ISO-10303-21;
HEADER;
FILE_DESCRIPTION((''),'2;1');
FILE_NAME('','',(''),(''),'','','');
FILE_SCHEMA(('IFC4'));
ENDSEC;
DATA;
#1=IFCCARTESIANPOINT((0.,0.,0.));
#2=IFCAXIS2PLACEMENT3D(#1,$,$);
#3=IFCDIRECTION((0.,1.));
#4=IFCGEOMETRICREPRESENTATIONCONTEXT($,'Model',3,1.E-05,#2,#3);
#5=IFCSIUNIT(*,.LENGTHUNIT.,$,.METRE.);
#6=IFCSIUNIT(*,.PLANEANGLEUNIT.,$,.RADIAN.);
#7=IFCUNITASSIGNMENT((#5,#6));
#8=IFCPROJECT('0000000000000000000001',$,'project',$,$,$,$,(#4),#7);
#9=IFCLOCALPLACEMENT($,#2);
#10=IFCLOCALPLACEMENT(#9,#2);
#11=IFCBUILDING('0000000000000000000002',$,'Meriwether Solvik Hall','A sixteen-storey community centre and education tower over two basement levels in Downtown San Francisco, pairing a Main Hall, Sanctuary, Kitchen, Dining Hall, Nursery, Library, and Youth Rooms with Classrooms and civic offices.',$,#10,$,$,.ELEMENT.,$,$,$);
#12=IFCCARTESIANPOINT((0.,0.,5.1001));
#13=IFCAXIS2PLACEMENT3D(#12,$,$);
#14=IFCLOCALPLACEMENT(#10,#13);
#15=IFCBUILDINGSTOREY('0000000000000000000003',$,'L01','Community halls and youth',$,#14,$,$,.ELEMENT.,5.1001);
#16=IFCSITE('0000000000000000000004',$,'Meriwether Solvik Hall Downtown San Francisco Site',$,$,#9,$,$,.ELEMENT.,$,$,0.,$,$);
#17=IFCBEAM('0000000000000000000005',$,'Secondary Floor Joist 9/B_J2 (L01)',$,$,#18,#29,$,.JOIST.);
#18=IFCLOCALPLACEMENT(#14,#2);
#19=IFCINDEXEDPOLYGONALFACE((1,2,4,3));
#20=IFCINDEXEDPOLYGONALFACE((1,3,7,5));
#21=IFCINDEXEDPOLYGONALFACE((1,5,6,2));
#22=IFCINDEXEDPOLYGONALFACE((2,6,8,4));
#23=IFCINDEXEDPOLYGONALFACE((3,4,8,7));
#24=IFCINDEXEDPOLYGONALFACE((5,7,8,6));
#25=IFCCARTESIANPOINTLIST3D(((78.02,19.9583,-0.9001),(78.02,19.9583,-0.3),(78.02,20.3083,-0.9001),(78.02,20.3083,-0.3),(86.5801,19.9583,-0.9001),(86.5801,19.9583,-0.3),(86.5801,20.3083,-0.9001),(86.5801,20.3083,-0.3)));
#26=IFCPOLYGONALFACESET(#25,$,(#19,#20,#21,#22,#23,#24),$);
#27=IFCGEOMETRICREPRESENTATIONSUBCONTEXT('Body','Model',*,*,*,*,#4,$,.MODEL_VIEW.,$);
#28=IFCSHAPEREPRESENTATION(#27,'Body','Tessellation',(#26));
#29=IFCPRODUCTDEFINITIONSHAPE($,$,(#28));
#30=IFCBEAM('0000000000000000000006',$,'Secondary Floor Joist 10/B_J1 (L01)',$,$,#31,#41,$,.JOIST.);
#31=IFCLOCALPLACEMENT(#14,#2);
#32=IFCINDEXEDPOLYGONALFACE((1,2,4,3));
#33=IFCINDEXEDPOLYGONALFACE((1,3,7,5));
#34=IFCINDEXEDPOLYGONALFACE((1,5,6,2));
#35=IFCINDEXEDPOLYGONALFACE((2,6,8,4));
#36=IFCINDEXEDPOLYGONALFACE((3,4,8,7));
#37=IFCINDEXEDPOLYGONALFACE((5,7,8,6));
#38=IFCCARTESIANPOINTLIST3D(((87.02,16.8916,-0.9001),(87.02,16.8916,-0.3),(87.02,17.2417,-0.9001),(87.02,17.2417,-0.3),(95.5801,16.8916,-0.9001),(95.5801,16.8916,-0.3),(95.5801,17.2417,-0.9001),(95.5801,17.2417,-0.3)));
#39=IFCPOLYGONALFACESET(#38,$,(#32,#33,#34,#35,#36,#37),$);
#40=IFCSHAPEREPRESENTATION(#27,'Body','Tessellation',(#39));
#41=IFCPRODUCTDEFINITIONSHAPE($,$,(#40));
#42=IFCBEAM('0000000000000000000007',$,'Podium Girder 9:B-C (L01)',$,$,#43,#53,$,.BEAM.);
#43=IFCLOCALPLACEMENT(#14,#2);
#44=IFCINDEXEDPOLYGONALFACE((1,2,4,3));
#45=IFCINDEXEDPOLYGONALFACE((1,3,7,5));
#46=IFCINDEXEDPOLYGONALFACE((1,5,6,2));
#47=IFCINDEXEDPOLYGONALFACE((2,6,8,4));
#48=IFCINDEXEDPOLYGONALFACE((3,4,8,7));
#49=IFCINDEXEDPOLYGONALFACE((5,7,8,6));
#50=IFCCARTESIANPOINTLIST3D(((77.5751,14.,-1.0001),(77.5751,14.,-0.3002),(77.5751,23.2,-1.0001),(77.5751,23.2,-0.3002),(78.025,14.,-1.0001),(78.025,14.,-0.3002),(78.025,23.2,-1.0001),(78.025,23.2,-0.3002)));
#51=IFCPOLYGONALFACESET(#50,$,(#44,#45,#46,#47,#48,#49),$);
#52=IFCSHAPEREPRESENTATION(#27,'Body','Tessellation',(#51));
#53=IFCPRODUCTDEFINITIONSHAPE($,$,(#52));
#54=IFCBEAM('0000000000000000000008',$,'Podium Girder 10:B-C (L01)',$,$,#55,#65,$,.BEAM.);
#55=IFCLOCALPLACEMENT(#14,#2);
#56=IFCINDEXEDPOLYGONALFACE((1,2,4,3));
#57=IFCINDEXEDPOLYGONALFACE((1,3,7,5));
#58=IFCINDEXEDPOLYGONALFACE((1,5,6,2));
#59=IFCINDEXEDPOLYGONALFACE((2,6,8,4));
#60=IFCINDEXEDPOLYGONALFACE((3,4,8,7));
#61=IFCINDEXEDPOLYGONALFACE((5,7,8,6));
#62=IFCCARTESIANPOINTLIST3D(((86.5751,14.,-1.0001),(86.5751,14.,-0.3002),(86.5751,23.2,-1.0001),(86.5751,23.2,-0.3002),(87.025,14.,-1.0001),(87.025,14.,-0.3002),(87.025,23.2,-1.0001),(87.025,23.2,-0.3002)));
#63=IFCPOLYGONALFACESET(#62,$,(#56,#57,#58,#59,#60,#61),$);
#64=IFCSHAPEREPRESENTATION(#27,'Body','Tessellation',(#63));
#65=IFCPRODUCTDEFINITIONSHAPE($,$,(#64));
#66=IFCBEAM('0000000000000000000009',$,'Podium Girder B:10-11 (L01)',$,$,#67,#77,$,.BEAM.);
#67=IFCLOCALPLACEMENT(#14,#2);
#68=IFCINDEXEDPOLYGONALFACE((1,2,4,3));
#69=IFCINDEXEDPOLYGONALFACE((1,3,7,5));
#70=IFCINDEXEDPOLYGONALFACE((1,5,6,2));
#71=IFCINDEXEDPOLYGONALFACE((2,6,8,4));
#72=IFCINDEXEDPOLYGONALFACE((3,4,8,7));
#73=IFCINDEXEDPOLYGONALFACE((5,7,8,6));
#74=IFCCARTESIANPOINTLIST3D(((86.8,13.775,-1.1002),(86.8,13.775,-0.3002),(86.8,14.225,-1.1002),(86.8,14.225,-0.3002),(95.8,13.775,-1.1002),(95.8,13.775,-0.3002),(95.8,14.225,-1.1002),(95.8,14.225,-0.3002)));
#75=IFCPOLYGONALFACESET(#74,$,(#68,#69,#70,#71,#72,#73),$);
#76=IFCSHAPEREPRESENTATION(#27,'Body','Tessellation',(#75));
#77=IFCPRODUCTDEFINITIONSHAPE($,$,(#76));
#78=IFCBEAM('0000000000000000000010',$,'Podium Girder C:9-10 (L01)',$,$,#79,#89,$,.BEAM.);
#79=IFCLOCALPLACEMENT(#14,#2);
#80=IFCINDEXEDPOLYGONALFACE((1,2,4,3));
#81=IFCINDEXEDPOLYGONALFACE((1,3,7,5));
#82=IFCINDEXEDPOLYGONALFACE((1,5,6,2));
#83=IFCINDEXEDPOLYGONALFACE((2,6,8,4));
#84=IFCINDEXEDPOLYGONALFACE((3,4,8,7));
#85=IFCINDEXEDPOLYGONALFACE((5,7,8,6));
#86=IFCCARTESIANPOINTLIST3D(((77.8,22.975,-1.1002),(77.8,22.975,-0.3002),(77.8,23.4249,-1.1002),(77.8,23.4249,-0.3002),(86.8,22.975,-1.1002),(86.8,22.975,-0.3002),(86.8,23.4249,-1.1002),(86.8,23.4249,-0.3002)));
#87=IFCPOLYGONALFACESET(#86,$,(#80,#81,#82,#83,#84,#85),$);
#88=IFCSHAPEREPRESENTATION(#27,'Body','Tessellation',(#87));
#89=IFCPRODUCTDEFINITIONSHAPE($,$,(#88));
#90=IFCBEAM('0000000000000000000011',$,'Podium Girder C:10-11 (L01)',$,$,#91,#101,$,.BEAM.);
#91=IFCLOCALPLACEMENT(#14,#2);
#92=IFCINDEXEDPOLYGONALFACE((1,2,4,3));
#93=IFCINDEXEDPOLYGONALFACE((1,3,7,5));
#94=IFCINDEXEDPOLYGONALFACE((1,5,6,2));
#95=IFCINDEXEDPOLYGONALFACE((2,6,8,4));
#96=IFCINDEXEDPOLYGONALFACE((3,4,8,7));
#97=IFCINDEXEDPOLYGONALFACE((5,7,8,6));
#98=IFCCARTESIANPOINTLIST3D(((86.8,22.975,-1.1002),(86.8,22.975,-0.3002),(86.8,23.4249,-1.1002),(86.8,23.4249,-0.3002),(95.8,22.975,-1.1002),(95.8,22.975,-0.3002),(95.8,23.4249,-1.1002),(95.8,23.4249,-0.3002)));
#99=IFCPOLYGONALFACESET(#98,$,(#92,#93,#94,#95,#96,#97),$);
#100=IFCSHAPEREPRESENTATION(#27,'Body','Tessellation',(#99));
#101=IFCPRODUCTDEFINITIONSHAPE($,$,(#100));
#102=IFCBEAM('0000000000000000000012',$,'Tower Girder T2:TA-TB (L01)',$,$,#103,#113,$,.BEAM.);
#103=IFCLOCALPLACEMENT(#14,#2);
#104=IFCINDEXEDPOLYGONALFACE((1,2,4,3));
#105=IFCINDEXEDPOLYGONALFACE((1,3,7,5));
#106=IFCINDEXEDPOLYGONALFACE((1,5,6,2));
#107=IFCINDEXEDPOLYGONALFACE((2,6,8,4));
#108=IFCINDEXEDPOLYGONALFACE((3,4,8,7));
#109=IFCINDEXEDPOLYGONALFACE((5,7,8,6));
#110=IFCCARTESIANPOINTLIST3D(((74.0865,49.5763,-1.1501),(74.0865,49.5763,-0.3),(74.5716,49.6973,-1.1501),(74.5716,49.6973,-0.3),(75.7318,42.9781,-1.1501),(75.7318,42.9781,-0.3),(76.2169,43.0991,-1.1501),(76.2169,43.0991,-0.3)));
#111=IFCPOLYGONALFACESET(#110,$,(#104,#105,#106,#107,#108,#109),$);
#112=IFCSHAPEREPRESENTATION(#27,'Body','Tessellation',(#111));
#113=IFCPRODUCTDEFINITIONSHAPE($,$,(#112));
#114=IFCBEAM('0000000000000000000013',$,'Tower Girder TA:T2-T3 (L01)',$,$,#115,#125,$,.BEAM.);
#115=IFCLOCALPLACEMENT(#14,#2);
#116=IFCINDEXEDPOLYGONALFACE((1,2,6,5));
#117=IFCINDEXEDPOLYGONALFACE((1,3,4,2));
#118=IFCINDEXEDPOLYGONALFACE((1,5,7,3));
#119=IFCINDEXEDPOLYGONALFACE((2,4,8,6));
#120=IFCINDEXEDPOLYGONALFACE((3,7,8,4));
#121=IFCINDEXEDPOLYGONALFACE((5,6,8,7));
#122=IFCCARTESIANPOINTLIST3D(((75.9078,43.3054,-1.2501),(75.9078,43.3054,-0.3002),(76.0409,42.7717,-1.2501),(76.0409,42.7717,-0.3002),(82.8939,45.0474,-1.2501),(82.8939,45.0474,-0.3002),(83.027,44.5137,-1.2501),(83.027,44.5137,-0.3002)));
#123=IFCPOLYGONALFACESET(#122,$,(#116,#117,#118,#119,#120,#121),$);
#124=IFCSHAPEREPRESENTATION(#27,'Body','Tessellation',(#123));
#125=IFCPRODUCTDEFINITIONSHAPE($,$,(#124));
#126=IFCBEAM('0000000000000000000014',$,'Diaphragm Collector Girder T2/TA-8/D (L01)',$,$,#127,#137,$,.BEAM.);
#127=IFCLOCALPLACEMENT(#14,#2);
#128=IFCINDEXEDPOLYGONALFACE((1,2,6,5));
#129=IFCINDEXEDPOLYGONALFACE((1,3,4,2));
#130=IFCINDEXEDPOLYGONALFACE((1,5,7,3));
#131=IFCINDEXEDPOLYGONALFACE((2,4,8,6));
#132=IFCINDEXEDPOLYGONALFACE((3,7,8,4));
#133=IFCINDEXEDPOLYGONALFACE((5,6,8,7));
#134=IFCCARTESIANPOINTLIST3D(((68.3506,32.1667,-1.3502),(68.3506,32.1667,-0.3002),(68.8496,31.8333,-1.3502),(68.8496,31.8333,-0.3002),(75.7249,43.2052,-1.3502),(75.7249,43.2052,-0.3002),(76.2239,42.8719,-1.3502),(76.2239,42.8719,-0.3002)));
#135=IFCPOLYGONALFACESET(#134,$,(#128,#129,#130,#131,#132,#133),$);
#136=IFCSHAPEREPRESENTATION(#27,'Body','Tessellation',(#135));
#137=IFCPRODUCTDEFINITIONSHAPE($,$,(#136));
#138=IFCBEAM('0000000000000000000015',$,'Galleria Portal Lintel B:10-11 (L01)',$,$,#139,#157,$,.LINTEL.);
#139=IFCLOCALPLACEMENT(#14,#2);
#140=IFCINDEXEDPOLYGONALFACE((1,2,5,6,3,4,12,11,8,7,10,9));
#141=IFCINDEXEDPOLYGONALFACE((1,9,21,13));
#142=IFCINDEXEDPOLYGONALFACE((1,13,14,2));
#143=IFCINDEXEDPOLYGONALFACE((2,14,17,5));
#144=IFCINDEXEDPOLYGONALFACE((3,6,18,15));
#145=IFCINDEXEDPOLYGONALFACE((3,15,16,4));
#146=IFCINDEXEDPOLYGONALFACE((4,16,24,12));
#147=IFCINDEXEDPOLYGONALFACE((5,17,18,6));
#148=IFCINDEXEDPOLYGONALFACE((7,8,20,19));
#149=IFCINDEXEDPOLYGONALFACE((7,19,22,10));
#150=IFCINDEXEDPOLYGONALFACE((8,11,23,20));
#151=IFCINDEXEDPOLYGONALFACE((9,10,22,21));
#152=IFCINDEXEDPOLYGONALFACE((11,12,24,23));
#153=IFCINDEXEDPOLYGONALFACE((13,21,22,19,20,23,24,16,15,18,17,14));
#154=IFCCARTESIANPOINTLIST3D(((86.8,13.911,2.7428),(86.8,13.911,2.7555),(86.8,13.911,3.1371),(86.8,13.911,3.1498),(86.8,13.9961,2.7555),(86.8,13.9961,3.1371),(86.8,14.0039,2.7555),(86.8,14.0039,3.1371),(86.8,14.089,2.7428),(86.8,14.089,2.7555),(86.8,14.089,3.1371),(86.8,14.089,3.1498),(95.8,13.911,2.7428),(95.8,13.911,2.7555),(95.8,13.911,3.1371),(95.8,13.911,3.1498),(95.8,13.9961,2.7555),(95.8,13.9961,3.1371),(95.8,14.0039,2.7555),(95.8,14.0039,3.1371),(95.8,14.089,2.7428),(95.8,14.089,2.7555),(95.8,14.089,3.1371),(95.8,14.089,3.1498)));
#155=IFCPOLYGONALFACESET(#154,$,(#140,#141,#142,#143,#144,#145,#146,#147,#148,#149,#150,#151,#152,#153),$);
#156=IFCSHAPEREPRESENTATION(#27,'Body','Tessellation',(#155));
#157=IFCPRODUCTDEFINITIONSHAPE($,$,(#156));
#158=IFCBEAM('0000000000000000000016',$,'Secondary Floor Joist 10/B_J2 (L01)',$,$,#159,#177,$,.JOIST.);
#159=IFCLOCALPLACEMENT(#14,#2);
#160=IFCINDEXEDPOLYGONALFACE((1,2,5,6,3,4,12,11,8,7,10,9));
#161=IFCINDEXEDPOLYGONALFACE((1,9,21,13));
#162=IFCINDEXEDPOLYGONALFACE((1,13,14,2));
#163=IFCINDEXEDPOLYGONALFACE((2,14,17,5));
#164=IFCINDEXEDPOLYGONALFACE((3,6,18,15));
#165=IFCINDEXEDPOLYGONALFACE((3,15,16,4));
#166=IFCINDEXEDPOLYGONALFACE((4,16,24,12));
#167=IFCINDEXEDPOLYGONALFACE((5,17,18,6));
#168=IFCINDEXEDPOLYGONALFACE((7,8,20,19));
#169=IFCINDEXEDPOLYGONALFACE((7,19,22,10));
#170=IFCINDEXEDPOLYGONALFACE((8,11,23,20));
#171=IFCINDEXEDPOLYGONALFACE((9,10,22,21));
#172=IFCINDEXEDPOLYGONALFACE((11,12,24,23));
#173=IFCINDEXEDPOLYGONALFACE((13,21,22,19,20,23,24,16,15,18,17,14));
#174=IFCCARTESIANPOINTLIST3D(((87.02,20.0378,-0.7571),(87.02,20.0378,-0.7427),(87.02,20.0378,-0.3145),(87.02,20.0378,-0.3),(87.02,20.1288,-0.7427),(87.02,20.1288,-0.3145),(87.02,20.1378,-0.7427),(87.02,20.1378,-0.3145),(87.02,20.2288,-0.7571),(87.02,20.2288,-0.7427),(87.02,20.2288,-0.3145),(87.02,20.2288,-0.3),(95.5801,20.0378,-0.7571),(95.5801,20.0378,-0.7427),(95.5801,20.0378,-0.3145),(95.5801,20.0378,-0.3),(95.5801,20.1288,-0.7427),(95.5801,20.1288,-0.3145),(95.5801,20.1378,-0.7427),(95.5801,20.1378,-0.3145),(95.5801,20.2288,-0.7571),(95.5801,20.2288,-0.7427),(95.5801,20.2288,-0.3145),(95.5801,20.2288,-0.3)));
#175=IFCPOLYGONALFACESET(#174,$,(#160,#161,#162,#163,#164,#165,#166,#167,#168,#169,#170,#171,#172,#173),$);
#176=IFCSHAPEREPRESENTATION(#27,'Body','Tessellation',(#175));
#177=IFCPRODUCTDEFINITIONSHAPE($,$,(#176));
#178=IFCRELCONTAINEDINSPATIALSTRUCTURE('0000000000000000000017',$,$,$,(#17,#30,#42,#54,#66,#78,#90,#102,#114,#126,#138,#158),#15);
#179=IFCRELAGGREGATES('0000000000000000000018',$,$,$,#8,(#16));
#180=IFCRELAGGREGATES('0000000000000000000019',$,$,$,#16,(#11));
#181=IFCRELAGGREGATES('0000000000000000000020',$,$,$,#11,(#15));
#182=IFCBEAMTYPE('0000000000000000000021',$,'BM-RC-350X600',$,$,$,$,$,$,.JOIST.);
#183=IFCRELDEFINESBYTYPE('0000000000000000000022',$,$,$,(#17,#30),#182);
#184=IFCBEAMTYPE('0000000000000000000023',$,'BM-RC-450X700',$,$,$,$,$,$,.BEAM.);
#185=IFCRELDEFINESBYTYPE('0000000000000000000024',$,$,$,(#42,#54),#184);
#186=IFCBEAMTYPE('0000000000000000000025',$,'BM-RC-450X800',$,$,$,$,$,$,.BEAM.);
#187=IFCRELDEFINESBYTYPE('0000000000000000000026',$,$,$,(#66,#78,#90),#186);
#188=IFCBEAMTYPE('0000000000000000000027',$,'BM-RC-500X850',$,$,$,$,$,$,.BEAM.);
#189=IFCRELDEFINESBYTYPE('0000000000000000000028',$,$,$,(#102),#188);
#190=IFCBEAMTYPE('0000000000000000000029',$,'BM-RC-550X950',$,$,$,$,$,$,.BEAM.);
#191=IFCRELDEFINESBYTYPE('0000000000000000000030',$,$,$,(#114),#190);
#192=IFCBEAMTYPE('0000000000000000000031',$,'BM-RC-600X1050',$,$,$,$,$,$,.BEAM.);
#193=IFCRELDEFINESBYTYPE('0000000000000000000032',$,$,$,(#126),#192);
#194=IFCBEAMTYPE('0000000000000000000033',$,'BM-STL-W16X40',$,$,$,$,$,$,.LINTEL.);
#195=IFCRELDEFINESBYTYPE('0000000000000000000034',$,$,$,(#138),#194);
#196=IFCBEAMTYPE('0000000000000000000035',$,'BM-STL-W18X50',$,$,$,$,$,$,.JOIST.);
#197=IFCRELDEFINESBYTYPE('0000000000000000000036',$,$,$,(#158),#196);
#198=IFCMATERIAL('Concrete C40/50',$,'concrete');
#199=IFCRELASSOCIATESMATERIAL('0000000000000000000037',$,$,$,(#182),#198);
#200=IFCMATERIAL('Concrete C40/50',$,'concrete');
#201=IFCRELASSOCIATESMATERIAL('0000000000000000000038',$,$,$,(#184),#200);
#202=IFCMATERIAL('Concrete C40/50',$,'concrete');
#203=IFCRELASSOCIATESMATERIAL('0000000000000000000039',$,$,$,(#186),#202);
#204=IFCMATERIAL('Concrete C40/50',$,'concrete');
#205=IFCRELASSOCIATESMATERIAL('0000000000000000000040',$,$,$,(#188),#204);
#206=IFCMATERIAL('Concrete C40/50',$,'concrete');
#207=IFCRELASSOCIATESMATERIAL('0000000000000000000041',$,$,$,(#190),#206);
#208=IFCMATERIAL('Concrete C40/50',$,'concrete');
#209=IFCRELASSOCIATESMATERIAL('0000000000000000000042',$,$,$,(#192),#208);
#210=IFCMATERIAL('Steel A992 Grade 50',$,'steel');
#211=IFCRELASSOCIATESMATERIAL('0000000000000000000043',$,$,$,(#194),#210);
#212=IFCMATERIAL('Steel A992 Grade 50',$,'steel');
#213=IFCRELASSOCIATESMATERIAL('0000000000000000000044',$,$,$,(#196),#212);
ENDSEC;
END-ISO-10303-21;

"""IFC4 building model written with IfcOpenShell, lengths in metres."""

from ifc_helpers import new_model, si_unit, direction, frame, origin, origin_2d, place, context, subcontext, project, spatial, rectangle, i_section, extrude, material, material_profile, profile_set, type_object, element, save


model = new_model("IFC4")

# Units and contexts
model_context = context("Model", 3, precision=1e-05, world=origin(), true_north=direction((0.0, 1.0)))
body_context = subcontext(model_context, "Body", "Model", "MODEL_VIEW")
ifc_project = project(units=[si_unit("LENGTHUNIT", "METRE"), si_unit("PLANEANGLEUNIT", "RADIAN")], contexts=[model_context])

# Site, building, storey
site_placement = place(None, origin())
site = spatial("IfcSite", under=ifc_project, at=site_placement, Name="Meriwether Solvik Hall Downtown San Francisco Site", CompositionType="ELEMENT", RefElevation=0.0)
building_placement = place(site_placement, origin())
building = spatial("IfcBuilding", under=site, at=building_placement, Name="Meriwether Solvik Hall", Description="A sixteen-storey community centre and education tower over two basement levels in Downtown San Francisco, pairing a Main Hall, Sanctuary, Kitchen, Dining Hall, Nursery, Library, and Youth Rooms with Classrooms and civic offices.", CompositionType="ELEMENT")
storey_placement = place(building_placement, frame((0.0, 0.0, 5.1001)))
storey = spatial("IfcBuildingStorey", under=building, at=storey_placement, Name="L01", Description="Community halls and youth", CompositionType="ELEMENT", Elevation=5.1001)

# Beams
ifc_material_1 = material(Name="Concrete C40/50", Category="concrete")
ifc_material_profile_1 = material_profile(ifc_material_1, rectangle(XDim=0.3501, YDim=0.6001, at=origin_2d()), Name="RCB-350X600")
ifc_profile_set_1 = profile_set([ifc_material_profile_1], Name="Concrete C40/50")
beam_type_1 = type_object("IfcBeamType", Name="BM-RC-350X600", PredefinedType="JOIST", material=ifc_profile_set_1)
for number, where, z_axis, x_axis, name in (
    (1, (78.02, 20.1333, -0.6001), (1.0, 0.0, 0.0), (0.0, 1.0, 0.0), "Secondary Floor Joist 9/B_J2 (L01)"),
    (2, (87.02, 17.0667, -0.6001), (1.0, 0.0, 0.0), (0.0, 1.0, 0.0), "Secondary Floor Joist 10/B_J1 (L01)"),
):
    element("IfcBeam", number, at=place(storey_placement, frame(where, z_axis=z_axis, x_axis=x_axis)), inside=storey, type_object=beam_type_1, Name=name, PredefinedType="JOIST", context=body_context, shape_type="SweptSolid", body=[
        extrude(rectangle(XDim=0.3501, YDim=0.6001, at=origin_2d()), origin(), (0.0, 0.0, 1.0), 8.5601),
    ])
ifc_material_2 = material(Name="Concrete C40/50", Category="concrete")
ifc_material_profile_2 = material_profile(ifc_material_2, rectangle(XDim=0.45, YDim=0.7, at=origin_2d()), Name="RCB-450X700")
ifc_profile_set_2 = profile_set([ifc_material_profile_2], Name="Concrete C40/50")
beam_type_2 = type_object("IfcBeamType", Name="BM-RC-450X700", PredefinedType="BEAM", material=ifc_profile_set_2)
for number, where, z_axis, x_axis, name in (
    (3, (77.8, 14.0, -0.6501), (0.0, 1.0, 0.0), (-1.0, 0.0, 0.0), "Podium Girder 9:B-C (L01)"),
    (4, (86.8, 14.0, -0.6501), (0.0, 1.0, 0.0), (-1.0, 0.0, 0.0), "Podium Girder 10:B-C (L01)"),
):
    element("IfcBeam", number, at=place(storey_placement, frame(where, z_axis=z_axis, x_axis=x_axis)), inside=storey, type_object=beam_type_2, Name=name, PredefinedType="BEAM", context=body_context, shape_type="SweptSolid", body=[
        extrude(rectangle(XDim=0.45, YDim=0.7, at=origin_2d()), origin(), (0.0, 0.0, 1.0), 9.2),
    ])
ifc_material_3 = material(Name="Concrete C40/50", Category="concrete")
ifc_material_profile_3 = material_profile(ifc_material_3, rectangle(XDim=0.45, YDim=0.8, at=origin_2d()), Name="RCB-450X800")
ifc_profile_set_3 = profile_set([ifc_material_profile_3], Name="Concrete C40/50")
beam_type_3 = type_object("IfcBeamType", Name="BM-RC-450X800", PredefinedType="BEAM", material=ifc_profile_set_3)
for number, where, z_axis, x_axis, name in (
    (5, (86.8, 14.0, -0.7002), (1.0, 0.0, 0.0), (0.0, 1.0, 0.0), "Podium Girder B:10-11 (L01)"),
    (6, (77.8, 23.2, -0.7002), (1.0, 0.0, 0.0), (0.0, 1.0, 0.0), "Podium Girder C:9-10 (L01)"),
    (7, (86.8, 23.2, -0.7002), (1.0, 0.0, 0.0), (0.0, 1.0, 0.0), "Podium Girder C:10-11 (L01)"),
):
    element("IfcBeam", number, at=place(storey_placement, frame(where, z_axis=z_axis, x_axis=x_axis)), inside=storey, type_object=beam_type_3, Name=name, PredefinedType="BEAM", context=body_context, shape_type="SweptSolid", body=[
        extrude(rectangle(XDim=0.45, YDim=0.8, at=origin_2d()), origin(), (0.0, 0.0, 1.0), 9.0),
    ])
ifc_material_4 = material(Name="Concrete C40/50", Category="concrete")
ifc_material_profile_4 = material_profile(ifc_material_4, rectangle(XDim=0.5, YDim=0.8501, at=origin_2d()), Name="RCB-500X850")
ifc_profile_set_4 = profile_set([ifc_material_profile_4], Name="Concrete C40/50")
beam_type_4 = type_object("IfcBeamType", Name="BM-RC-500X850", PredefinedType="BEAM", material=ifc_profile_set_4)
beam_1_placement = place(storey_placement, frame((75.9744, 43.0386, -0.7251), z_axis=(-0.241944, 0.97029, 0.0), x_axis=(-0.97029, -0.241944, 0.0)))
element("IfcBeam", 8, at=beam_1_placement, inside=storey, type_object=beam_type_4, Name="Tower Girder T2:TA-TB (L01)", PredefinedType="BEAM", context=body_context, shape_type="SweptSolid", body=[
    extrude(rectangle(XDim=0.5, YDim=0.8501, at=origin_2d()), origin(), (0.0, 0.0, 1.0), 6.8003),
])
ifc_material_5 = material(Name="Concrete C40/50", Category="concrete")
ifc_material_profile_5 = material_profile(ifc_material_5, rectangle(XDim=0.55, YDim=0.95, at=origin_2d()), Name="RCB-550X950")
ifc_profile_set_5 = profile_set([ifc_material_profile_5], Name="Concrete C40/50")
beam_type_5 = type_object("IfcBeamType", Name="BM-RC-550X950", PredefinedType="BEAM", material=ifc_profile_set_5)
beam_2_placement = place(storey_placement, frame((75.9744, 43.0386, -0.7751), z_axis=(0.970292, 0.241937, 0.0), x_axis=(-0.241937, 0.970292, 0.0)))
element("IfcBeam", 9, at=beam_2_placement, inside=storey, type_object=beam_type_5, Name="Tower Girder TA:T2-T3 (L01)", PredefinedType="BEAM", context=body_context, shape_type="SweptSolid", body=[
    extrude(rectangle(XDim=0.55, YDim=0.95, at=origin_2d()), origin(), (0.0, 0.0, 1.0), 7.2),
])
ifc_material_6 = material(Name="Concrete C40/50", Category="concrete")
ifc_material_profile_6 = material_profile(ifc_material_6, rectangle(XDim=0.6001, YDim=1.05, at=origin_2d()), Name="RCB-600X1050")
ifc_profile_set_6 = profile_set([ifc_material_profile_6], Name="Concrete C40/50")
beam_type_6 = type_object("IfcBeamType", Name="BM-RC-600X1050", PredefinedType="BEAM", material=ifc_profile_set_6)
beam_3_placement = place(storey_placement, frame((75.9744, 43.0386, -0.8252), z_axis=(-0.555494, -0.831521, 0.0), x_axis=(0.831521, -0.555494, 0.0)))
element("IfcBeam", 10, at=beam_3_placement, inside=storey, type_object=beam_type_6, Name="Diaphragm Collector Girder T2/TA-8/D (L01)", PredefinedType="BEAM", context=body_context, shape_type="SweptSolid", body=[
    extrude(rectangle(XDim=0.6001, YDim=1.05, at=origin_2d()), origin(), (0.0, 0.0, 1.0), 13.2751),
])
ifc_material_7 = material(Name="Steel A992 Grade 50", Category="steel")
ifc_material_profile_7 = material_profile(ifc_material_7, i_section(OverallWidth=0.178, OverallDepth=0.407, WebThickness=0.0078, FlangeThickness=0.0127, at=origin_2d()), Name="W16X40")
ifc_profile_set_7 = profile_set([ifc_material_profile_7], Name="Steel A992 Grade 50")
beam_type_7 = type_object("IfcBeamType", Name="BM-STL-W16X40", PredefinedType="LINTEL", material=ifc_profile_set_7)
beam_4_placement = place(storey_placement, frame((86.8, 14.0, 2.9463), z_axis=(1.0, 0.0, 0.0), x_axis=(0.0, 1.0, 0.0)))
element("IfcBeam", 11, at=beam_4_placement, inside=storey, type_object=beam_type_7, Name="Galleria Portal Lintel B:10-11 (L01)", PredefinedType="LINTEL", context=body_context, shape_type="SweptSolid", body=[
    extrude(i_section(OverallWidth=0.178, OverallDepth=0.407, WebThickness=0.0078, FlangeThickness=0.0127, at=origin_2d()), origin(), (0.0, 0.0, 1.0), 9.0),
])
ifc_material_8 = material(Name="Steel A992 Grade 50", Category="steel")
ifc_material_profile_8 = material_profile(ifc_material_8, i_section(OverallWidth=0.1909, OverallDepth=0.457, WebThickness=0.009, FlangeThickness=0.0144, at=origin_2d()), Name="W18X50")
ifc_profile_set_8 = profile_set([ifc_material_profile_8], Name="Steel A992 Grade 50")
beam_type_8 = type_object("IfcBeamType", Name="BM-STL-W18X50", PredefinedType="JOIST", material=ifc_profile_set_8)
beam_5_placement = place(storey_placement, frame((87.02, 20.1333, -0.5286), z_axis=(1.0, 0.0, 0.0), x_axis=(0.0, 1.0, 0.0)))
element("IfcBeam", 12, at=beam_5_placement, inside=storey, type_object=beam_type_8, Name="Secondary Floor Joist 10/B_J2 (L01)", PredefinedType="JOIST", context=body_context, shape_type="SweptSolid", body=[
    extrude(i_section(OverallWidth=0.1909, OverallDepth=0.457, WebThickness=0.009, FlangeThickness=0.0144, at=origin_2d()), origin(), (0.0, 0.0, 1.0), 8.5601),
])

save(model, "model.ifc")
